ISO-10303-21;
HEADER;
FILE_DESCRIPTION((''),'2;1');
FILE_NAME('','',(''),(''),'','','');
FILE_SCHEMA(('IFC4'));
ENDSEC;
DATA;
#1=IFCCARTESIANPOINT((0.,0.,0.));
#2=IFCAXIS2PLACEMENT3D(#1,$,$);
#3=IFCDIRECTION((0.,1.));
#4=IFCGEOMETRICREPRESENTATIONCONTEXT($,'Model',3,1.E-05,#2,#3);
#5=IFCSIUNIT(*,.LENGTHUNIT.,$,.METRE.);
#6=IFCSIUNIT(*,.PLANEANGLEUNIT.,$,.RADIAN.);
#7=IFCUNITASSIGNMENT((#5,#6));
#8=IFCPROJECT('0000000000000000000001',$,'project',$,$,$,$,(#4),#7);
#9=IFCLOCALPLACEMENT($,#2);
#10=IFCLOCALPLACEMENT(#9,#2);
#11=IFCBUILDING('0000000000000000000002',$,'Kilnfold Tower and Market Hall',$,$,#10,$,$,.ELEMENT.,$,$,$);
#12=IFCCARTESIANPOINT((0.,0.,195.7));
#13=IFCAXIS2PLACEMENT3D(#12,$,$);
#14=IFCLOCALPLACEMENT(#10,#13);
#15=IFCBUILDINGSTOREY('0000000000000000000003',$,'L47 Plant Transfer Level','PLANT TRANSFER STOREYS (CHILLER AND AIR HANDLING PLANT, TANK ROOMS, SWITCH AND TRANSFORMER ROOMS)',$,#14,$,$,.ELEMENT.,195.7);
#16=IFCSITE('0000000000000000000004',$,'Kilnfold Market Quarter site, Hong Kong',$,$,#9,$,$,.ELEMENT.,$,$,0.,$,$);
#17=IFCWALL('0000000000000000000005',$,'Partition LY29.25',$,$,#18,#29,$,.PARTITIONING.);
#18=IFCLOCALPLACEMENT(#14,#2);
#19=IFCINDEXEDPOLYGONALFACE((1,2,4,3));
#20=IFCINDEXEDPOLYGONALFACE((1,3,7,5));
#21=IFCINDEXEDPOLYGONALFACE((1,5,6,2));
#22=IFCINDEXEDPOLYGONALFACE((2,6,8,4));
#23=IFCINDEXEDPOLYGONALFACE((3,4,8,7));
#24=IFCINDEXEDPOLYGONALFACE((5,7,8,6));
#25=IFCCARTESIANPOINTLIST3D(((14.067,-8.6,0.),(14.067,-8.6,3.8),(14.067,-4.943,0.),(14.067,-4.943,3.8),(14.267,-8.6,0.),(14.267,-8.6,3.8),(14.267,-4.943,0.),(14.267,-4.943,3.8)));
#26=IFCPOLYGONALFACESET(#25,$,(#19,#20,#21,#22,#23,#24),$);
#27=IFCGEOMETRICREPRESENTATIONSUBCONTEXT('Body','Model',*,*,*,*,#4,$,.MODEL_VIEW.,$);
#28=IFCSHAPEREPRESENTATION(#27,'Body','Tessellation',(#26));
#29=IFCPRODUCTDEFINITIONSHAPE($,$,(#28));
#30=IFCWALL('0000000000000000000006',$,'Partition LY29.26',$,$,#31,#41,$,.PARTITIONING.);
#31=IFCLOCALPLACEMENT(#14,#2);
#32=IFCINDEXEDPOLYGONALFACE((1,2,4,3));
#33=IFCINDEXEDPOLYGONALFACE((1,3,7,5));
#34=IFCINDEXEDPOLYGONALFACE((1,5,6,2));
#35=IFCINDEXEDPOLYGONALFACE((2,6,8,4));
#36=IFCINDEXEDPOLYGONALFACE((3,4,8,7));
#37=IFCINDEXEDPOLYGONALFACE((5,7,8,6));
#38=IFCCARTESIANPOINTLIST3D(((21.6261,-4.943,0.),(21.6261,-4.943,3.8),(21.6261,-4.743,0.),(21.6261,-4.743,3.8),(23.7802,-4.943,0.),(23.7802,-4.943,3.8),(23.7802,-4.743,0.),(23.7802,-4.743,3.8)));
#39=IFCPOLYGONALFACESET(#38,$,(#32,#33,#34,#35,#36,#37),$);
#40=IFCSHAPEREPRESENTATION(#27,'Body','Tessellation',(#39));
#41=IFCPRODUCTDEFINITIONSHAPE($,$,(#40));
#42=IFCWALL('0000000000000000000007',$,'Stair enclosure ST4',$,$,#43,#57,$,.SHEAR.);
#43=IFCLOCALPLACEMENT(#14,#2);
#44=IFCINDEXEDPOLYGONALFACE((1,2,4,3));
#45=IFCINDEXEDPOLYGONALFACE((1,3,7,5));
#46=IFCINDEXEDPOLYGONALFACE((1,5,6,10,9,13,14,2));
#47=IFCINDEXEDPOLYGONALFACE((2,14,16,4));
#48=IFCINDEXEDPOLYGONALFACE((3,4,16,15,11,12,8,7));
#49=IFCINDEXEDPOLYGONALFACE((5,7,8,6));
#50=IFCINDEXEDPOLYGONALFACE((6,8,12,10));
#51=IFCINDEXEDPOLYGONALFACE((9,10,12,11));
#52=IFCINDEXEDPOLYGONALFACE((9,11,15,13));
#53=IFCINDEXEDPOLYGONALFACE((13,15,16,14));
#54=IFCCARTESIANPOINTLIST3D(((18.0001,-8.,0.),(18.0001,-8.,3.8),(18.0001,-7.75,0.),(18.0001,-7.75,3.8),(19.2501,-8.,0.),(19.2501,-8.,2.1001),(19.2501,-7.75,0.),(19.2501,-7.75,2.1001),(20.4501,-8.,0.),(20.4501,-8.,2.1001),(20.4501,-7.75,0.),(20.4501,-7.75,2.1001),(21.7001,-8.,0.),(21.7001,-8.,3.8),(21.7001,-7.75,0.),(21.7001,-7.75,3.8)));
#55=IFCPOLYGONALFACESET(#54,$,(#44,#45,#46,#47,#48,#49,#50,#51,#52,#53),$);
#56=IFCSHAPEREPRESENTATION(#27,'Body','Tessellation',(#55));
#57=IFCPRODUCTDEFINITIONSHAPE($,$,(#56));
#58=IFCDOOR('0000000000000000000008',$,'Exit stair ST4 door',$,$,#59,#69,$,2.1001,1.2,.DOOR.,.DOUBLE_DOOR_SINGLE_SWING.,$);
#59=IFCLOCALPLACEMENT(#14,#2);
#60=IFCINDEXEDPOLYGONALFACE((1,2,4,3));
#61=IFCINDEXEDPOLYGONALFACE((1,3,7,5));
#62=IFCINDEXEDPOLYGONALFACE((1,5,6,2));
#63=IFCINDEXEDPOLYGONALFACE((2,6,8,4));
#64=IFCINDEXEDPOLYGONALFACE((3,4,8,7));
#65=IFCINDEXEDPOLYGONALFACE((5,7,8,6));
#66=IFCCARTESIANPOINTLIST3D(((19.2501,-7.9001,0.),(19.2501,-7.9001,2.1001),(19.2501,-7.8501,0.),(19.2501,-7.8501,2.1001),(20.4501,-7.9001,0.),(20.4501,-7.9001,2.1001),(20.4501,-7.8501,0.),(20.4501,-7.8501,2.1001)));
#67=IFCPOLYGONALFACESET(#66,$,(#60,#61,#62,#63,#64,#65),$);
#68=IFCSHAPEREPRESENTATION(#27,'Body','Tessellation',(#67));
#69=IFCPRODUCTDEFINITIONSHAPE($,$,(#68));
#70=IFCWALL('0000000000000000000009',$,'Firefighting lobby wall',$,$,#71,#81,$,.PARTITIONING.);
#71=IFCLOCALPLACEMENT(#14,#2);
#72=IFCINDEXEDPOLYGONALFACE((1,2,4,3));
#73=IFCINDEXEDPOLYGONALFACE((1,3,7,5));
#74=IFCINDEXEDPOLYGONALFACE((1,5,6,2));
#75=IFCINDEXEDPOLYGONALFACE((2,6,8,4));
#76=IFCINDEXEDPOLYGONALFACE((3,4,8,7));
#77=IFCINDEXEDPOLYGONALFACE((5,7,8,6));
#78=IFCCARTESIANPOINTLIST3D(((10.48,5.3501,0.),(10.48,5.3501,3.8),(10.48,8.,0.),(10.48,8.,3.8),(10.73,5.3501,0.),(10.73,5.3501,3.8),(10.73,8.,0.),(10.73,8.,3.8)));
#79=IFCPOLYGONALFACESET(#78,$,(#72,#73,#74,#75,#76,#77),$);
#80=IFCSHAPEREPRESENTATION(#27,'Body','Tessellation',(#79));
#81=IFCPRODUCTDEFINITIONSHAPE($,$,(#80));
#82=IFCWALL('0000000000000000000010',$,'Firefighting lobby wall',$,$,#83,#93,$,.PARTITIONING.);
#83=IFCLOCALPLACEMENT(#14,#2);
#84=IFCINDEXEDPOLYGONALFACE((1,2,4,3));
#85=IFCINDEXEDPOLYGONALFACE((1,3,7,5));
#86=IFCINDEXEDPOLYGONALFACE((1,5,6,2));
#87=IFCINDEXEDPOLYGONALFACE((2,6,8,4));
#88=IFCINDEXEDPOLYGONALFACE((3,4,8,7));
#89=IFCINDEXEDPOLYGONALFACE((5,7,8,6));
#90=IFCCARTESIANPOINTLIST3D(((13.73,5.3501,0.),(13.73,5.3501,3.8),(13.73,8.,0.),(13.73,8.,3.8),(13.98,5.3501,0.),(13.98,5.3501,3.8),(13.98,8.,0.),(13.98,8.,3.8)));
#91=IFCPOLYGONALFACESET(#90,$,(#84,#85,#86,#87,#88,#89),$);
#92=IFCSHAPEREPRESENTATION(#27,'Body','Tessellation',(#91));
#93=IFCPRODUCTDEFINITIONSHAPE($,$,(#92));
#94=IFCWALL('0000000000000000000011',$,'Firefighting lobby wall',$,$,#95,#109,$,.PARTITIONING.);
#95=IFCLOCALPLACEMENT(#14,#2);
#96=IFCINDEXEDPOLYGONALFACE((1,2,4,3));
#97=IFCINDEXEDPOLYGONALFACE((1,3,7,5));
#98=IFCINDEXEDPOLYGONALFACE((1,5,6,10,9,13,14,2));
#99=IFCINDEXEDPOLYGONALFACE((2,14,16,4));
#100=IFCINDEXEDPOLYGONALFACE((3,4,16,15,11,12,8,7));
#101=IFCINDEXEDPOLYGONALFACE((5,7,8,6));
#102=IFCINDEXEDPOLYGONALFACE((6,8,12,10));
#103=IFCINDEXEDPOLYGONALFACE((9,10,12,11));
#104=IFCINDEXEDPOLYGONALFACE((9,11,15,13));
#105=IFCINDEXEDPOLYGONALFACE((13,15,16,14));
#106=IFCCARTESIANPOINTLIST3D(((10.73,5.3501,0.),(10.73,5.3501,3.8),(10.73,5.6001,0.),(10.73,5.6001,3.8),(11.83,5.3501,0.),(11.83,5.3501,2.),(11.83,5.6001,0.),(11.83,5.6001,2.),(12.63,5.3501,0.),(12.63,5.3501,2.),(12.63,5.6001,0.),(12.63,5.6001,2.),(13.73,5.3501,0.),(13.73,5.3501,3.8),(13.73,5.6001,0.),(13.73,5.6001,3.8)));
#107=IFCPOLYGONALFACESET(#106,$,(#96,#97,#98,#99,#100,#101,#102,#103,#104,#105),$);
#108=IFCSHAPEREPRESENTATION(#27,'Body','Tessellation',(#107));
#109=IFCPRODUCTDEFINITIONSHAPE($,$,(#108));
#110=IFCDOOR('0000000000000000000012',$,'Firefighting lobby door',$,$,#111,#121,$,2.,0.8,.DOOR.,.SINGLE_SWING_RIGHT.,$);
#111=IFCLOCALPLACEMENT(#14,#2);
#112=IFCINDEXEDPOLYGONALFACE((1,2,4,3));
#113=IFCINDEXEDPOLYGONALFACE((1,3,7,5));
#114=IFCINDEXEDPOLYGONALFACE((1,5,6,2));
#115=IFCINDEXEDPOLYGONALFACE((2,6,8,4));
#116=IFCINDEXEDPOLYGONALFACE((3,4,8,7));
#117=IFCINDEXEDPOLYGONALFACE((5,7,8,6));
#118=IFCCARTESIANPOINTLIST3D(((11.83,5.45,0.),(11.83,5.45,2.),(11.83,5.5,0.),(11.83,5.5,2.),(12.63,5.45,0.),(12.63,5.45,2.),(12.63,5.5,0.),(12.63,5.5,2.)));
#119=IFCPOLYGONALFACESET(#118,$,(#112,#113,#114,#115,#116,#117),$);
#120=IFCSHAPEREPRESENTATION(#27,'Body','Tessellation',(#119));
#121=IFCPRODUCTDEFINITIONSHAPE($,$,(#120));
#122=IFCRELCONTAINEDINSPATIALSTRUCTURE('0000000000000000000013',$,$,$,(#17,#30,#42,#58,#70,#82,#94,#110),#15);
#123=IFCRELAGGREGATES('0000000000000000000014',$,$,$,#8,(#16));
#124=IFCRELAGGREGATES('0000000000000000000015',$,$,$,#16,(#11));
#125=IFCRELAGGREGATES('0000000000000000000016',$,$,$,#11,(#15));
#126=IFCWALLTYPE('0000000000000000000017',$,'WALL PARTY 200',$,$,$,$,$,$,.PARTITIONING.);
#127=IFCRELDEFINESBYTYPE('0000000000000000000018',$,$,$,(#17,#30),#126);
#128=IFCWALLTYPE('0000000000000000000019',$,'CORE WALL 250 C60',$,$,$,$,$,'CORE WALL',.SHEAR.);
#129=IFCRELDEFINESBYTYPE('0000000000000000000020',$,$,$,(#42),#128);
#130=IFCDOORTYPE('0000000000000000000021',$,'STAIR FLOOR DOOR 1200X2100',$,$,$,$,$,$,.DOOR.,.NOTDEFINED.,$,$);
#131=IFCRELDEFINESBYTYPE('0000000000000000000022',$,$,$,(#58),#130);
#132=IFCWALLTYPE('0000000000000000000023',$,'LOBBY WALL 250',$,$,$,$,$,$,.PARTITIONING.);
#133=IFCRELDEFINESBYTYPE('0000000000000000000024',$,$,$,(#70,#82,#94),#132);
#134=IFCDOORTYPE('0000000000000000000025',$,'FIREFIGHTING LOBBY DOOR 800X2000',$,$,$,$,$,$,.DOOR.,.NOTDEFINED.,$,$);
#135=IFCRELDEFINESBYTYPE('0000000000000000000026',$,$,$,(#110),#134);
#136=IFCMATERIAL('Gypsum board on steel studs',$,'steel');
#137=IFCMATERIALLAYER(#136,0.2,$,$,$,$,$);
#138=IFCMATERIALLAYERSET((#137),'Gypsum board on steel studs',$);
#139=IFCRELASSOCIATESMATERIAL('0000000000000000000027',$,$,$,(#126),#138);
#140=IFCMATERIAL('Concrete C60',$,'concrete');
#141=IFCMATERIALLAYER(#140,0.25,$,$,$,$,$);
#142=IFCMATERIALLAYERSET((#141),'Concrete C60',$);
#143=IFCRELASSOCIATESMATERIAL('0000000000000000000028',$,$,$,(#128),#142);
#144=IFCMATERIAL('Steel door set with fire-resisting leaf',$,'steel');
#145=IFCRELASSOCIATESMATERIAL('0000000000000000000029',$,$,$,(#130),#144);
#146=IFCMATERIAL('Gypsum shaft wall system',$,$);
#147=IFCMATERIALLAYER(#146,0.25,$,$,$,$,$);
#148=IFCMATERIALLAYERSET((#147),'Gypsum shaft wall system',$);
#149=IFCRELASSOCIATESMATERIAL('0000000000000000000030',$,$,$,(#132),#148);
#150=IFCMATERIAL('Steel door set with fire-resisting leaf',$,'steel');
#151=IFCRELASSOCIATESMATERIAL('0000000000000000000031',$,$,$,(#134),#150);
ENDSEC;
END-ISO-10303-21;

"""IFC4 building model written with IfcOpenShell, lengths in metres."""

from ifc_helpers import new_model, si_unit, direction, frame, frame_2d, origin, place, context, subcontext, project, spatial, rectangle, extrude, source, transform, mapped, material, layer, layer_set, type_object, element, fill, save


model = new_model("IFC4")

# Units and contexts
model_context = context("Model", 3, precision=1e-05, world=origin(), true_north=direction((0.0, 1.0)))
body_context = subcontext(model_context, "Body", "Model", "MODEL_VIEW")
ifc_project = project(units=[si_unit("LENGTHUNIT", "METRE"), si_unit("PLANEANGLEUNIT", "RADIAN")], contexts=[model_context])

# Site, building, storey
site_placement = place(None, origin())
site = spatial("IfcSite", under=ifc_project, at=site_placement, Name="Kilnfold Market Quarter site, Hong Kong", CompositionType="ELEMENT", RefElevation=0.0)
building_placement = place(site_placement, origin())
building = spatial("IfcBuilding", under=site, at=building_placement, Name="Kilnfold Tower and Market Hall", CompositionType="ELEMENT")
storey_placement = place(building_placement, frame((0.0, 0.0, 195.7)))
storey = spatial("IfcBuildingStorey", under=building, at=storey_placement, Name="L47 Plant Transfer Level", Description="PLANT TRANSFER STOREYS (CHILLER AND AIR HANDLING PLANT, TANK ROOMS, SWITCH AND TRANSFORMER ROOMS)", CompositionType="ELEMENT", Elevation=195.7)

# Walls
ifc_material_1 = material(Name="Gypsum board on steel studs", Category="steel")
ifc_layer_1 = layer(ifc_material_1, 0.2)
ifc_layer_set_1 = layer_set([ifc_layer_1], Name="Gypsum board on steel studs")
wall_type_1 = type_object("IfcWallType", Name="WALL PARTY 200", PredefinedType="PARTITIONING", material=ifc_layer_set_1)
wall_1_placement = place(storey_placement, frame((14.167, -8.6001, 0.0), z_axis=(0.0, 0.0, 1.0), x_axis=(0.0, 1.0, 0.0)))
element("IfcWall", 1, at=wall_1_placement, inside=storey, type_object=wall_type_1, Name="Partition LY29.25", PredefinedType="PARTITIONING", context=body_context, shape_type="SweptSolid", body=[
    extrude(rectangle(XDim=3.657, YDim=0.2, at=frame_2d((1.8286, 0.0))), origin(), (0.0, 0.0, 1.0), 3.8),
])
wall_2_placement = place(storey_placement, frame((21.626, -4.843, 0.0), z_axis=(0.0, 0.0, 1.0), x_axis=(1.0, 0.0, 0.0)))
element("IfcWall", 2, at=wall_2_placement, inside=storey, type_object=wall_type_1, Name="Partition LY29.26", PredefinedType="PARTITIONING", context=body_context, shape_type="SweptSolid", body=[
    extrude(rectangle(XDim=2.1541, YDim=0.2, at=frame_2d((1.0771, 0.0))), origin(), (0.0, 0.0, 1.0), 3.8),
])

# Wall, opening, door
ifc_material_2 = material(Name="Concrete C60", Category="concrete")
ifc_layer_2 = layer(ifc_material_2, 0.25)
ifc_layer_set_2 = layer_set([ifc_layer_2], Name="Concrete C60")
wall_type_2 = type_object("IfcWallType", Name="CORE WALL 250 C60", ElementType="CORE WALL", PredefinedType="SHEAR", material=ifc_layer_set_2)
shared_shape_1 = source(origin(), body_context, "Body", "SweptSolid", [
    extrude(rectangle(XDim=3.7, YDim=0.25, at=frame_2d((1.8501, 0.0))), origin(), (0.0, 0.0, 1.0), 3.8),
])
wall_3_placement = place(storey_placement, frame((18.0, -7.875, 0.0), z_axis=(0.0, 0.0, 1.0), x_axis=(1.0, 0.0, 0.0)))
wall_3 = element("IfcWall", 3, at=wall_3_placement, inside=storey, type_object=wall_type_2, Name="Stair enclosure ST4", PredefinedType="SHEAR", context=body_context, shape_type="MappedRepresentation", body=[
    mapped(shared_shape_1, transform((0.0, 0.0, 0.0))),
])
opening_1_placement = place(wall_3_placement, frame((1.25, 0.0, 0.0)))
opening_1 = element("IfcOpeningElement", 4, at=opening_1_placement, cuts=wall_3, PredefinedType="OPENING", context=body_context, shape_type="SweptSolid", body=[
    extrude(rectangle(XDim=1.2, YDim=2.1001, at=frame_2d((0.6001, 1.05))), frame((0.0, 0.135, 0.0), z_axis=(0.0, -1.0, 0.0), x_axis=(1.0, 0.0, 0.0)), (0.0, 0.0, 1.0), 0.27),
])
ifc_material_3 = material(Name="Steel door set with fire-resisting leaf", Category="steel")
door_type_1 = type_object("IfcDoorType", Name="STAIR FLOOR DOOR 1200X2100", OperationType="NOTDEFINED", PredefinedType="DOOR", material=ifc_material_3)
door_1_placement = place(opening_1_placement, origin())
door_1 = element("IfcDoor", 5, at=door_1_placement, inside=storey, type_object=door_type_1, Name="Exit stair ST4 door", OperationType="DOUBLE_DOOR_SINGLE_SWING", OverallHeight=2.1001, OverallWidth=1.2, PredefinedType="DOOR", context=body_context, shape_type="SweptSolid", body=[
    extrude(rectangle(XDim=1.2, YDim=2.1001, at=frame_2d((0.6001, 1.05))), frame((0.0, 0.0249, 0.0), z_axis=(0.0, -1.0, 0.0), x_axis=(1.0, 0.0, 0.0)), (0.0, 0.0, 1.0), 0.05),
])
fill(opening_1, door_1)

# Walls
ifc_material_4 = material(Name="Gypsum shaft wall system")
ifc_layer_3 = layer(ifc_material_4, 0.25)
ifc_layer_set_3 = layer_set([ifc_layer_3], Name="Gypsum shaft wall system")
wall_type_3 = type_object("IfcWallType", Name="LOBBY WALL 250", PredefinedType="PARTITIONING", material=ifc_layer_set_3)
shared_shape_2 = source(origin(), body_context, "Body", "SweptSolid", [
    extrude(rectangle(XDim=2.6499, YDim=0.25, at=frame_2d((1.325, 0.0))), origin(), (0.0, 0.0, 1.0), 3.8),
])
for number, where, z_axis, x_axis, name in (
    (6, (10.605, 5.3501, 0.0), (0.0, 0.0, 1.0), (0.0, 1.0, 0.0), "Firefighting lobby wall"),
    (7, (13.855, 5.3501, 0.0), (0.0, 0.0, 1.0), (0.0, 1.0, 0.0), "Firefighting lobby wall"),
):
    element("IfcWall", number, at=place(storey_placement, frame(where, z_axis=z_axis, x_axis=x_axis)), inside=storey, type_object=wall_type_3, Name=name, PredefinedType="PARTITIONING", context=body_context, shape_type="MappedRepresentation", body=[
        mapped(shared_shape_2, transform((0.0, 0.0, 0.0))),
    ])

# Wall, opening, door
shared_shape_3 = source(origin(), body_context, "Body", "SweptSolid", [
    extrude(rectangle(XDim=3.0, YDim=0.25, at=frame_2d((1.5, 0.0))), origin(), (0.0, 0.0, 1.0), 3.8),
])
wall_4_placement = place(storey_placement, frame((10.73, 5.4751, 0.0), z_axis=(0.0, 0.0, 1.0), x_axis=(1.0, 0.0, 0.0)))
wall_4 = element("IfcWall", 8, at=wall_4_placement, inside=storey, type_object=wall_type_3, Name="Firefighting lobby wall", PredefinedType="PARTITIONING", context=body_context, shape_type="MappedRepresentation", body=[
    mapped(shared_shape_3, transform((0.0, 0.0, 0.0))),
])
opening_2_placement = place(wall_4_placement, frame((1.1001, 0.0, 0.0)))
opening_2 = element("IfcOpeningElement", 9, at=opening_2_placement, cuts=wall_4, PredefinedType="OPENING", context=body_context, shape_type="SweptSolid", body=[
    extrude(rectangle(XDim=0.8, YDim=2.0, at=frame_2d((0.3999, 1.0))), frame((0.0, 0.135, 0.0), z_axis=(0.0, -1.0, 0.0), x_axis=(1.0, 0.0, 0.0)), (0.0, 0.0, 1.0), 0.27),
])
ifc_material_5 = material(Name="Steel door set with fire-resisting leaf", Category="steel")
door_type_2 = type_object("IfcDoorType", Name="FIREFIGHTING LOBBY DOOR 800X2000", OperationType="NOTDEFINED", PredefinedType="DOOR", material=ifc_material_5)
door_2_placement = place(opening_2_placement, origin())
door_2 = element("IfcDoor", 10, at=door_2_placement, inside=storey, type_object=door_type_2, Name="Firefighting lobby door", OperationType="SINGLE_SWING_RIGHT", OverallHeight=2.0, OverallWidth=0.8, PredefinedType="DOOR", context=body_context, shape_type="SweptSolid", body=[
    extrude(rectangle(XDim=0.8, YDim=2.0, at=frame_2d((0.3999, 1.0))), frame((0.0, 0.0249, 0.0), z_axis=(0.0, -1.0, 0.0), x_axis=(1.0, 0.0, 0.0)), (0.0, 0.0, 1.0), 0.05),
])
fill(opening_2, door_2)

save(model, "model.ifc")
